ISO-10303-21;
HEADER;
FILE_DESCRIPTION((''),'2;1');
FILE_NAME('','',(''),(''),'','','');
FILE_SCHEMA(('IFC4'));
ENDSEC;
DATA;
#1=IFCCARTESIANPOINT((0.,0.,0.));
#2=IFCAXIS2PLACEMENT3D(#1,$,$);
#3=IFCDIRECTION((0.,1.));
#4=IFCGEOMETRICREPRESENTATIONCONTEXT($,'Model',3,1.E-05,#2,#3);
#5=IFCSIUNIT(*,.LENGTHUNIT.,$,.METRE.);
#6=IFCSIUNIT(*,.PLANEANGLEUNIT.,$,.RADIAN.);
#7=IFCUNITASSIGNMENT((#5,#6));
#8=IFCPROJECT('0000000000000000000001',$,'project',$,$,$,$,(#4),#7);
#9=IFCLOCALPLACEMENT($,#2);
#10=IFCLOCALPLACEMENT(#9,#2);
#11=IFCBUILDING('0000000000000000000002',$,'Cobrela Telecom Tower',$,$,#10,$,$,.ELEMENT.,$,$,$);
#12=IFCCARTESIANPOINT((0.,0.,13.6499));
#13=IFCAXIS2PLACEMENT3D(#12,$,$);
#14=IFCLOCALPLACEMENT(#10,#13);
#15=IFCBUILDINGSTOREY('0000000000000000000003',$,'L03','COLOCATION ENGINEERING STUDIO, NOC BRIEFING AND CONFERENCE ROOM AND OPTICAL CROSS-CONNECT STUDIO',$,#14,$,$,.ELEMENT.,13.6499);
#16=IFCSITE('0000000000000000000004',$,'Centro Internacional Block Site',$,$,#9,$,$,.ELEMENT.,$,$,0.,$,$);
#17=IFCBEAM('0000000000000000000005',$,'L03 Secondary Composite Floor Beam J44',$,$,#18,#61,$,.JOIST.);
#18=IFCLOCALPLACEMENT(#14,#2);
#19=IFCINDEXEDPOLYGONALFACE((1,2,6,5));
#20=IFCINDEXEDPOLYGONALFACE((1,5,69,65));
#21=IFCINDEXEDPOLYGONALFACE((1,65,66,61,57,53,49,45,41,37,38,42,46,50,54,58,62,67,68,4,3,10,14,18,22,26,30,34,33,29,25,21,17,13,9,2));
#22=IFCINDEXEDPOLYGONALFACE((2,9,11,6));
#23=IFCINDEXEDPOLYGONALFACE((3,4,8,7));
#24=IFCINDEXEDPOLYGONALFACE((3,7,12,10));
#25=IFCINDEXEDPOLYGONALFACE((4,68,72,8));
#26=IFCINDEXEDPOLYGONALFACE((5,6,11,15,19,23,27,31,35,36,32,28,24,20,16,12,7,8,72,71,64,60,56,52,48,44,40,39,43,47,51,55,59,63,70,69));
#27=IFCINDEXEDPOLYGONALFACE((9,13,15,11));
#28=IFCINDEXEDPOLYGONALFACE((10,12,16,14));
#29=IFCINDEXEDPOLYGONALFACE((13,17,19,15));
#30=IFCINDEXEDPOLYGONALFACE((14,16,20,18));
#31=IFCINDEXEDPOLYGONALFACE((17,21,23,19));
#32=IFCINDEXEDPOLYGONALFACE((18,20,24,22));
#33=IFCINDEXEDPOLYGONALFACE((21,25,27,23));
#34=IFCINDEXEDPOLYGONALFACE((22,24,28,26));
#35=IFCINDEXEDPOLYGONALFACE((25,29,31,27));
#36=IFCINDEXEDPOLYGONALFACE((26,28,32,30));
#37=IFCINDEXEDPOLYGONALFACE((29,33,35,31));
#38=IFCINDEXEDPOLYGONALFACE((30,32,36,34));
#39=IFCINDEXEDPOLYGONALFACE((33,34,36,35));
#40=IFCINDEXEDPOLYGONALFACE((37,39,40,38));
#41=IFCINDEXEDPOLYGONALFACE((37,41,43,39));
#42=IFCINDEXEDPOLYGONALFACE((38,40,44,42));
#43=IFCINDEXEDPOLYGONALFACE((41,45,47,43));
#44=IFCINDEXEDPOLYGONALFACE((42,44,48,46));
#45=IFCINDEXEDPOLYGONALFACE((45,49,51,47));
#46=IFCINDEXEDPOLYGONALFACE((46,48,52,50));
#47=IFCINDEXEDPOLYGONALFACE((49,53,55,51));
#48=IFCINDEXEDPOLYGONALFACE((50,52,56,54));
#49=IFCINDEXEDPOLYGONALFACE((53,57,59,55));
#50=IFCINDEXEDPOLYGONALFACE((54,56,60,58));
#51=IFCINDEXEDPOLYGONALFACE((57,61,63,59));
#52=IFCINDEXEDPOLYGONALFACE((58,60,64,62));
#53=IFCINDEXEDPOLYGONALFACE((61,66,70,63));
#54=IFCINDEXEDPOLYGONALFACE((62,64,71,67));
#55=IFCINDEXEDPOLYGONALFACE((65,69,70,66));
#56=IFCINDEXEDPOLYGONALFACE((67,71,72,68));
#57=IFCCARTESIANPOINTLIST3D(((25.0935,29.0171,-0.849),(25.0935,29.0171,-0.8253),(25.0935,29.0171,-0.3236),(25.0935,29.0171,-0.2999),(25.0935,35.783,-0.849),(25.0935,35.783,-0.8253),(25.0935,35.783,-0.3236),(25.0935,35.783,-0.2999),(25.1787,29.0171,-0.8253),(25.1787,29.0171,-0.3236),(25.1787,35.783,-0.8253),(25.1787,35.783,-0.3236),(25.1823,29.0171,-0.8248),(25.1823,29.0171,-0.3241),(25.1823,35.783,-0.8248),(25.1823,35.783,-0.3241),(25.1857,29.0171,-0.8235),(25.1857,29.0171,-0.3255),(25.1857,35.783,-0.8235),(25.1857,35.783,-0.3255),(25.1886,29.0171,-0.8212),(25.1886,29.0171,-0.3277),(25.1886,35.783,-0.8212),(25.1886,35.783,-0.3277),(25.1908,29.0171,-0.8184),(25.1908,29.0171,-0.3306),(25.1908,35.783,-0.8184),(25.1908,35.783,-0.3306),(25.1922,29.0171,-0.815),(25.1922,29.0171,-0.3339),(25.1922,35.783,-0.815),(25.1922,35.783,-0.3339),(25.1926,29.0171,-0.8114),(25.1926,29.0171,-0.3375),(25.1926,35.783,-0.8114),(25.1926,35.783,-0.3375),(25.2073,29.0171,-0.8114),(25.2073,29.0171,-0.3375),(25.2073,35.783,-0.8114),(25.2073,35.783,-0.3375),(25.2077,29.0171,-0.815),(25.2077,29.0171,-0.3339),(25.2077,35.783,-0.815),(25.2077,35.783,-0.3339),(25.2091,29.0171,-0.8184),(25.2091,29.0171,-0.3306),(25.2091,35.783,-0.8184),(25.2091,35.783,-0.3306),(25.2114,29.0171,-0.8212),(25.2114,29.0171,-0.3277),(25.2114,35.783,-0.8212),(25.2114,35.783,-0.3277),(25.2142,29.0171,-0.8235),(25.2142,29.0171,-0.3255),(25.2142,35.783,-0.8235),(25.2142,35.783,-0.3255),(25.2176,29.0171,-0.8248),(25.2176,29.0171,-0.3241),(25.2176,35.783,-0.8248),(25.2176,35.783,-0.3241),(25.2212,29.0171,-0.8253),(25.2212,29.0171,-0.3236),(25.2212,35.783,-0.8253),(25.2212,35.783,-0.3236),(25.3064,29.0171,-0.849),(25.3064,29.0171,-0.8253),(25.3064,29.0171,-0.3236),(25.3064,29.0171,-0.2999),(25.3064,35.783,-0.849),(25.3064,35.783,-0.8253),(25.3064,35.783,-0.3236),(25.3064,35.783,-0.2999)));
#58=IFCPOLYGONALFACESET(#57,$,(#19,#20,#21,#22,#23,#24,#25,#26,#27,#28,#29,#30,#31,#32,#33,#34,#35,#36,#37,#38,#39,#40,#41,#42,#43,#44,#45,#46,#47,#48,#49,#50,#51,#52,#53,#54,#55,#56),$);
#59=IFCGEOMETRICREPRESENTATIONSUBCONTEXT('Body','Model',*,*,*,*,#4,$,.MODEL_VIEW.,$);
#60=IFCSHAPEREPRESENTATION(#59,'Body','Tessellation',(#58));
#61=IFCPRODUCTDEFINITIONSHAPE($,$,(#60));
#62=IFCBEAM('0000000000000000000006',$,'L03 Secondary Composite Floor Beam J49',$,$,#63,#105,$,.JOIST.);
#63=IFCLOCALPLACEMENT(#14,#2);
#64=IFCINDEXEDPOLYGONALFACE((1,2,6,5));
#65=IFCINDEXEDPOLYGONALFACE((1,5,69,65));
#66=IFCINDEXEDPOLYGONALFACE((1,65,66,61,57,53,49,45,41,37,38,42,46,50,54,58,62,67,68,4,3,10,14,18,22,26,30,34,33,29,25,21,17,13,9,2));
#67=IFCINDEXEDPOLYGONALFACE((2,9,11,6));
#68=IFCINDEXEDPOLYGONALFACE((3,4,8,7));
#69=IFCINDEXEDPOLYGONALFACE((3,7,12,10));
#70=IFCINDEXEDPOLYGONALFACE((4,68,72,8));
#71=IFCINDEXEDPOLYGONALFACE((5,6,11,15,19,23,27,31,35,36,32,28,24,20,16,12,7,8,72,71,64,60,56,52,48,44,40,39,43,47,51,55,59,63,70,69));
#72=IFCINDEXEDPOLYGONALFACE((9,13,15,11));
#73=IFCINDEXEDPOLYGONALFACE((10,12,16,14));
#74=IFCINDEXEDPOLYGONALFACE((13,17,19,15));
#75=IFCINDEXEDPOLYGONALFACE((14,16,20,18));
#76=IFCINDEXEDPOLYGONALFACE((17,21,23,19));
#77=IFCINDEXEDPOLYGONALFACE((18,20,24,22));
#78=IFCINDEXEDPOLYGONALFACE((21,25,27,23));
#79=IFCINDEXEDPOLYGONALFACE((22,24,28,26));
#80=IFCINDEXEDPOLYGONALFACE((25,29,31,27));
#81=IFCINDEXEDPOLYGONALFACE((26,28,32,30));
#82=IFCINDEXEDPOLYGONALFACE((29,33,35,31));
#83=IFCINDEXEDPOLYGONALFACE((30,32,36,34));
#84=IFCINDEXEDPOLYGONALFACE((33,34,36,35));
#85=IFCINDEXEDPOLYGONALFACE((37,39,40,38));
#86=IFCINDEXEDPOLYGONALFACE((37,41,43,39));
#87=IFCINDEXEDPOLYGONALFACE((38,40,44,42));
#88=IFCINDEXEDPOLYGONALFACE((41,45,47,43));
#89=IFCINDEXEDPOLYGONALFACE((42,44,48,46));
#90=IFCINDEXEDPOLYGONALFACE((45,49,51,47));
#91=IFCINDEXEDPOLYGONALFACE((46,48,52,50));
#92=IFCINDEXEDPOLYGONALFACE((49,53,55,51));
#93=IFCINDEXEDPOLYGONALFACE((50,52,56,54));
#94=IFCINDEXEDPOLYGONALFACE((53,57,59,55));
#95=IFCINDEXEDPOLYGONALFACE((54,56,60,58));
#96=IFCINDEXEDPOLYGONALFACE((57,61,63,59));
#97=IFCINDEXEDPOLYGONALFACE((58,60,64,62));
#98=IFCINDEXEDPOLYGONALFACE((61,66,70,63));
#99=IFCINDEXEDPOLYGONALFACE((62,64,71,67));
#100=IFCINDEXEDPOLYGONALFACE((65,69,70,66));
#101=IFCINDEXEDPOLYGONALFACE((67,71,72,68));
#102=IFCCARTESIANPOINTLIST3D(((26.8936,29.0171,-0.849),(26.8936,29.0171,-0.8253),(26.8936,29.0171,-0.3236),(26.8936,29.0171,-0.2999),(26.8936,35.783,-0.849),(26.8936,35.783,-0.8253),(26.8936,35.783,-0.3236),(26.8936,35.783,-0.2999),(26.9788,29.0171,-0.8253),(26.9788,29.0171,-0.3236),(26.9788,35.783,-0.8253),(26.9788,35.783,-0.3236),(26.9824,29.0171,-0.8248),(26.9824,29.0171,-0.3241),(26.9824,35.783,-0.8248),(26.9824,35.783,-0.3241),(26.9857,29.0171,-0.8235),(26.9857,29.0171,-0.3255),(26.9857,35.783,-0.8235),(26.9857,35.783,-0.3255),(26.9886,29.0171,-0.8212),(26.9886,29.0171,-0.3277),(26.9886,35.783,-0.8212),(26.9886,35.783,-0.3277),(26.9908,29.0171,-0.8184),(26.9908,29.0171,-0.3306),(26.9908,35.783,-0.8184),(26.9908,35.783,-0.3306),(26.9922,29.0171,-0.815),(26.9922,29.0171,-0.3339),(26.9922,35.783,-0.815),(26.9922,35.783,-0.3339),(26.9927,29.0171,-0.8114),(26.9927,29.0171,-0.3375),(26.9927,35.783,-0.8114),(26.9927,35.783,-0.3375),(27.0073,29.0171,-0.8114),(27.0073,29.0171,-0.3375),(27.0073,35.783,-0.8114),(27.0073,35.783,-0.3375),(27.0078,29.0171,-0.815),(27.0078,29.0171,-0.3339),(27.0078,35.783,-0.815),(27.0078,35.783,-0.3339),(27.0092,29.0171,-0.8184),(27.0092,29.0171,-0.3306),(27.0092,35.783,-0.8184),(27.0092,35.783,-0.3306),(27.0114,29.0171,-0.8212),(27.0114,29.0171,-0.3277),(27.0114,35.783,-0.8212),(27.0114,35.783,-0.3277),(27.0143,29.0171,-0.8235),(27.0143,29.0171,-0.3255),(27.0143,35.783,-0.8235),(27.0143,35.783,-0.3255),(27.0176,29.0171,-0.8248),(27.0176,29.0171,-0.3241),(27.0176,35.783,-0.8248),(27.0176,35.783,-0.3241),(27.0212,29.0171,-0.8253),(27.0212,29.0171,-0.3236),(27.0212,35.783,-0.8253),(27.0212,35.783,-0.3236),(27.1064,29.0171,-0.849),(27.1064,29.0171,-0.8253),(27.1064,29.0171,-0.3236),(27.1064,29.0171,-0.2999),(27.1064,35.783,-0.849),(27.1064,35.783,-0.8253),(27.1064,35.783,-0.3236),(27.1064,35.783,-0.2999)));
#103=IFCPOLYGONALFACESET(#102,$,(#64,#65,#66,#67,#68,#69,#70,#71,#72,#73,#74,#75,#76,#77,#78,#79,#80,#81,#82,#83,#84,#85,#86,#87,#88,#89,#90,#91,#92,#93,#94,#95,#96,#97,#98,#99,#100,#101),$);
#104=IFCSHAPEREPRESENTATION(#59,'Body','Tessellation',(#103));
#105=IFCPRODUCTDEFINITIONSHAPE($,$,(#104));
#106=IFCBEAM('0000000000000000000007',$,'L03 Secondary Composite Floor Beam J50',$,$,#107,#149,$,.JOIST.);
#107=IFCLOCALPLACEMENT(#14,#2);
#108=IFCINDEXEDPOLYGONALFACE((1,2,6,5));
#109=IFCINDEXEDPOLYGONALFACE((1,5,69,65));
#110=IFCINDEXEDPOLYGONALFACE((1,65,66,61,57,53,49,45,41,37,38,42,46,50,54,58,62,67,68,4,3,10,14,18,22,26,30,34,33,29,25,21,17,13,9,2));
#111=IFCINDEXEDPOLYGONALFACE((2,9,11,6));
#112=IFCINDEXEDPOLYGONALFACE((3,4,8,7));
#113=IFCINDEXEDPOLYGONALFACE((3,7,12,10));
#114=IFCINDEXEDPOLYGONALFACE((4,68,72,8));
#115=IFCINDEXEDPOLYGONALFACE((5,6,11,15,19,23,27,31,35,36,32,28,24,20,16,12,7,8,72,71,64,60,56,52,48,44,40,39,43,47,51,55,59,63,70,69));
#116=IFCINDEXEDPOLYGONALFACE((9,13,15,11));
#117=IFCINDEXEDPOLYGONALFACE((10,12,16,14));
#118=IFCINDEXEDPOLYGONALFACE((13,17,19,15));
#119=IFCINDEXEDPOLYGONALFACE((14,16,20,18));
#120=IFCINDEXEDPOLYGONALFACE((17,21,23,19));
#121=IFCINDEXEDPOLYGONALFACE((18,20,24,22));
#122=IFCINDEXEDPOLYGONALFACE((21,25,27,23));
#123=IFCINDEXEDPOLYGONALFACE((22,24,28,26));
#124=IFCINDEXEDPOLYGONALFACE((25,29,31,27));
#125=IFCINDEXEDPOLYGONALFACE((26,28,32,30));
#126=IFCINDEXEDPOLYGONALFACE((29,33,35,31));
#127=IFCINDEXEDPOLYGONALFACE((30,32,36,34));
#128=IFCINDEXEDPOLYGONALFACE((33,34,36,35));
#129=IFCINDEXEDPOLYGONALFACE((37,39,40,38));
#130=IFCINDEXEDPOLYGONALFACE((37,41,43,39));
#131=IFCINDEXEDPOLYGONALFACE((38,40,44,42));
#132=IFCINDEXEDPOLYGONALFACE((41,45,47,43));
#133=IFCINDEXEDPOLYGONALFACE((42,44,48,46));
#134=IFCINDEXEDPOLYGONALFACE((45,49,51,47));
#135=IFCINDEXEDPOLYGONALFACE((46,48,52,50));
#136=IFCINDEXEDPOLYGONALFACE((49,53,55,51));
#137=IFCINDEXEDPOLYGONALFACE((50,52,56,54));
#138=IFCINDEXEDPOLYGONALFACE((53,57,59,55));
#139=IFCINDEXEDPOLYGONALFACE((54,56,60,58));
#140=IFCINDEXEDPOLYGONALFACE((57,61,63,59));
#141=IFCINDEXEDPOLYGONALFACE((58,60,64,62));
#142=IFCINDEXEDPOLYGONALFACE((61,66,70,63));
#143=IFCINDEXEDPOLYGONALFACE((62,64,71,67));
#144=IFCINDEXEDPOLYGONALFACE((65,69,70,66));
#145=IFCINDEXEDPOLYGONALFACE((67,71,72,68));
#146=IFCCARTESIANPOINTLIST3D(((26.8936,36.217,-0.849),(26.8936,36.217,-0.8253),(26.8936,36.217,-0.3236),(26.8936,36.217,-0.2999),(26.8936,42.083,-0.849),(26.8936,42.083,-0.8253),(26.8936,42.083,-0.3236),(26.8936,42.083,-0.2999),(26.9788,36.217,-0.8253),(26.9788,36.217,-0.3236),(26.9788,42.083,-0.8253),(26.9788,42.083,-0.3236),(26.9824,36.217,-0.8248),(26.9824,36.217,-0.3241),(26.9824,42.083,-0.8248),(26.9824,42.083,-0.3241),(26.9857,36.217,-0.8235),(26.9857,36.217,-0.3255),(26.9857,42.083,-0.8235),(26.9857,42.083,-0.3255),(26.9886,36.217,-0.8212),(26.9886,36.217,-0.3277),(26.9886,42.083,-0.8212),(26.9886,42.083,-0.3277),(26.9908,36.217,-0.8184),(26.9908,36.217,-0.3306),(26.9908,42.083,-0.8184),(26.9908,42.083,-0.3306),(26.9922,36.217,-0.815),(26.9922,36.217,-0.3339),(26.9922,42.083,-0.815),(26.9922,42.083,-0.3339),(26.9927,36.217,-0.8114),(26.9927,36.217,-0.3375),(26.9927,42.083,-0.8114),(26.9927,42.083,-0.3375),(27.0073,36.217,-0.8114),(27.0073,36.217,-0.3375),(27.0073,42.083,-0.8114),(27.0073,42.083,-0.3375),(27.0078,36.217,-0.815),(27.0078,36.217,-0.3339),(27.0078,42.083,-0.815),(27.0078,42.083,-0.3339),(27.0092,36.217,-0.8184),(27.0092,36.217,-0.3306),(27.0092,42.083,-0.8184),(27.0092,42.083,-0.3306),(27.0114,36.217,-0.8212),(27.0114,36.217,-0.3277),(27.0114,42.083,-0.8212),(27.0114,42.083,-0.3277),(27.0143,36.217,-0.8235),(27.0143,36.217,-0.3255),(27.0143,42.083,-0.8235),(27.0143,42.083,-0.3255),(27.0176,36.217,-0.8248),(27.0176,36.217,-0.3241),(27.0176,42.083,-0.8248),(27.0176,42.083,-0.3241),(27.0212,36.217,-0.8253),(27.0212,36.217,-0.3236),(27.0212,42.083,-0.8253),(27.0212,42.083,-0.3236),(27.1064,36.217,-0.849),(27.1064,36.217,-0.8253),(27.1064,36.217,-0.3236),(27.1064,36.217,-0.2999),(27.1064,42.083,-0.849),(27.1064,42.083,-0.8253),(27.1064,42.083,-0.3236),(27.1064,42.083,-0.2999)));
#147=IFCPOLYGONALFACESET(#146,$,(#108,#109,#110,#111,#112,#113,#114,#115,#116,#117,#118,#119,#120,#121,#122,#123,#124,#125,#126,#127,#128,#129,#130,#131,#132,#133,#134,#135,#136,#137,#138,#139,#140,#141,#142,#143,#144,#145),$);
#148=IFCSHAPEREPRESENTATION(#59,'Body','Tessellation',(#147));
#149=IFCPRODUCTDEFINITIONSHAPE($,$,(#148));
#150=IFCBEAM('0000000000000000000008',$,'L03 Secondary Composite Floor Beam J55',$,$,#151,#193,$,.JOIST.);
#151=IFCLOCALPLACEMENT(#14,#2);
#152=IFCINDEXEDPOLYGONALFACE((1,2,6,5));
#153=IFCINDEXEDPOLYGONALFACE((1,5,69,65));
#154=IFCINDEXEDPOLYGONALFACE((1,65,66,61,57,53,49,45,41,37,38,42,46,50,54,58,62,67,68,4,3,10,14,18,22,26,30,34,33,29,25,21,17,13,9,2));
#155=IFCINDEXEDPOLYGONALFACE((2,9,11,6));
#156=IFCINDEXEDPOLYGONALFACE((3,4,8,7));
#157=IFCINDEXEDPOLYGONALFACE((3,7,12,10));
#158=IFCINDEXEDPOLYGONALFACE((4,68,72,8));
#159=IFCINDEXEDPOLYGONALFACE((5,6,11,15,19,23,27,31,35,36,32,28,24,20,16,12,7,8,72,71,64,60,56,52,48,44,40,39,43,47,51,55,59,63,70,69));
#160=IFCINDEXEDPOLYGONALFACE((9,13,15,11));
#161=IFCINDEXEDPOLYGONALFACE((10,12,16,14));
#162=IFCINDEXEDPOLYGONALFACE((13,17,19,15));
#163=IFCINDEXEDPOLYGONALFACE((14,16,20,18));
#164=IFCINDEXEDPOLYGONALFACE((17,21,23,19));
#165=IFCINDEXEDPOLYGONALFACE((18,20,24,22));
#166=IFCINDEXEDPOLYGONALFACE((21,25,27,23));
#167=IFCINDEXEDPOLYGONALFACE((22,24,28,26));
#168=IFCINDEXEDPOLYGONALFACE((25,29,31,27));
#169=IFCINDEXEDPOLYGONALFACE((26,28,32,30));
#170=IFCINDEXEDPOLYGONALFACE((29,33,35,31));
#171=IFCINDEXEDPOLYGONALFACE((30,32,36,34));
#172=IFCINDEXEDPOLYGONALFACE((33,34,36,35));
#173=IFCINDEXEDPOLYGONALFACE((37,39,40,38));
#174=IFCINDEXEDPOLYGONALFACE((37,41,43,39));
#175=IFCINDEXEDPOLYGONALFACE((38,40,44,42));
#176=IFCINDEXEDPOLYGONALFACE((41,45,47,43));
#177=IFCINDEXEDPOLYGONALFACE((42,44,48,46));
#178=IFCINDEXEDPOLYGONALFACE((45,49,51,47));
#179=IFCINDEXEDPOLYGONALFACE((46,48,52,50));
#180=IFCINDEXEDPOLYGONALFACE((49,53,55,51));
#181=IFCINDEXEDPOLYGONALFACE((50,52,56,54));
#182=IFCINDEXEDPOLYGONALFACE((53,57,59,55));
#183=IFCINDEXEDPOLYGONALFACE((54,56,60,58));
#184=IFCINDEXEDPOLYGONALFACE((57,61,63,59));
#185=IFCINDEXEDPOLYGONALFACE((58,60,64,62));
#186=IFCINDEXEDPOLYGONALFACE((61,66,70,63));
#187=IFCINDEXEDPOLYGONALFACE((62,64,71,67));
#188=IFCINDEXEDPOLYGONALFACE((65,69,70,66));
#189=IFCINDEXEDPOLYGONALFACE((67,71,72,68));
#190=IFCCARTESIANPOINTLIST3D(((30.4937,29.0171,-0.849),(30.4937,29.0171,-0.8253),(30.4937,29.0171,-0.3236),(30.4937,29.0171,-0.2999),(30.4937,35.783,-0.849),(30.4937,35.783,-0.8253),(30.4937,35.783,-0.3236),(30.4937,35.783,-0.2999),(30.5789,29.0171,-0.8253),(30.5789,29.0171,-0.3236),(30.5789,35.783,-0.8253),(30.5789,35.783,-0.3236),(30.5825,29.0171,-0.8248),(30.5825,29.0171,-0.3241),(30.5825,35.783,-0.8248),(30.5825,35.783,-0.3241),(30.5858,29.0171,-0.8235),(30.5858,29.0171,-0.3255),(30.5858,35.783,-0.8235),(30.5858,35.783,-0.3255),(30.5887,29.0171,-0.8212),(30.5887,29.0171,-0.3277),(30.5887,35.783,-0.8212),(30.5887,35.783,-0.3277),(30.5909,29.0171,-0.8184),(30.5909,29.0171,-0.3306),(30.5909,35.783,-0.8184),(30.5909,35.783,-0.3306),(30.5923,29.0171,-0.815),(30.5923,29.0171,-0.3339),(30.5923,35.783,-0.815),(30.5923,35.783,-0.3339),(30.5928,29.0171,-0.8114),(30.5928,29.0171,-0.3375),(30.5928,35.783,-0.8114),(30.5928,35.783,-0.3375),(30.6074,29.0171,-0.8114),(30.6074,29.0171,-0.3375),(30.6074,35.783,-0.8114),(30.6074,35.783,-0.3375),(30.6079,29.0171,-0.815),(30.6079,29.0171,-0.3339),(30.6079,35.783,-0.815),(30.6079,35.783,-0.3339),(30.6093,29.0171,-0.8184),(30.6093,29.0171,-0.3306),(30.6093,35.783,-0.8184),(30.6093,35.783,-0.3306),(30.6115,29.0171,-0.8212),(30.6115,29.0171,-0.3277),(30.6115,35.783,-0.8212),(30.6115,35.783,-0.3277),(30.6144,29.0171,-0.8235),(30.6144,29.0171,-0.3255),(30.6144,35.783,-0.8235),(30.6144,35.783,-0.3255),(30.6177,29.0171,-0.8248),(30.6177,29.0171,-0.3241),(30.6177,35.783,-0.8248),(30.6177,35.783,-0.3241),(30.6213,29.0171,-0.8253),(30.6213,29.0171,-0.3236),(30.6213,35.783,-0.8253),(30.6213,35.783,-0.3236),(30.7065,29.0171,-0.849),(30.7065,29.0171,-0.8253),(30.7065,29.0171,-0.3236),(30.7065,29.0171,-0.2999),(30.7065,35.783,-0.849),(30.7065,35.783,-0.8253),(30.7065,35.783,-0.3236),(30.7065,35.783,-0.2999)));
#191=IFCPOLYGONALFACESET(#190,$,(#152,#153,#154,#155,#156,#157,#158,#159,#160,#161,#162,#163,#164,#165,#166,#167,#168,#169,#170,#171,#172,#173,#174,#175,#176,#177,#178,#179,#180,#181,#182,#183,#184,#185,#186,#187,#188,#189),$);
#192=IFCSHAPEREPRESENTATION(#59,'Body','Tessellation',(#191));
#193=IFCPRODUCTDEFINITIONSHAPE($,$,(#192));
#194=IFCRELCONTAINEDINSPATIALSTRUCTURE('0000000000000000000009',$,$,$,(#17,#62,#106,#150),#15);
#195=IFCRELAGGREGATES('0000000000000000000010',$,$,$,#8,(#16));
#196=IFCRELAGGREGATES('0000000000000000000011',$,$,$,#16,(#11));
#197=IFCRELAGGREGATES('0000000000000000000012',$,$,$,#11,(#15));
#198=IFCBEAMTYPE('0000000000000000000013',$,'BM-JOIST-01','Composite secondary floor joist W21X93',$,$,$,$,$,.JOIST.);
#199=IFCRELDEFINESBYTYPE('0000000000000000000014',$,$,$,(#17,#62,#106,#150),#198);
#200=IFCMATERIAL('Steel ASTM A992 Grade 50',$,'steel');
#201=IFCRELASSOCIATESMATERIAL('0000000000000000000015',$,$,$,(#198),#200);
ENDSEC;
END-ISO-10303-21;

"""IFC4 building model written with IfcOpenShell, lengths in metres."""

from ifc_helpers import new_model, si_unit, direction, frame, origin, origin_2d, place, context, subcontext, project, spatial, i_section, extrude, material, material_profile, profile_set, type_object, element, save


model = new_model("IFC4")

# Units and contexts
model_context = context("Model", 3, precision=1e-05, world=origin(), true_north=direction((0.0, 1.0)))
body_context = subcontext(model_context, "Body", "Model", "MODEL_VIEW")
ifc_project = project(units=[si_unit("LENGTHUNIT", "METRE"), si_unit("PLANEANGLEUNIT", "RADIAN")], contexts=[model_context])

# Site, building, storey
site_placement = place(None, origin())
site = spatial("IfcSite", under=ifc_project, at=site_placement, Name="Centro Internacional Block Site", CompositionType="ELEMENT", RefElevation=0.0)
building_placement = place(site_placement, origin())
building = spatial("IfcBuilding", under=site, at=building_placement, Name="Cobrela Telecom Tower", CompositionType="ELEMENT")
storey_placement = place(building_placement, frame((0.0, 0.0, 13.6499)))
storey = spatial("IfcBuildingStorey", under=building, at=storey_placement, Name="L03", Description="COLOCATION ENGINEERING STUDIO, NOC BRIEFING AND CONFERENCE ROOM AND OPTICAL CROSS-CONNECT STUDIO", CompositionType="ELEMENT", Elevation=13.6499)

# Beams
ifc_material_1 = material(Name="Steel ASTM A992 Grade 50", Category="steel")
ifc_material_profile_1 = material_profile(ifc_material_1, i_section(OverallWidth=0.2129, OverallDepth=0.5491, WebThickness=0.0146, FlangeThickness=0.0237, FilletRadius=0.0139, at=origin_2d()), Name="W21X93")
ifc_profile_set_1 = profile_set([ifc_material_profile_1], Name="Steel ASTM A992 Grade 50")
beam_type_1 = type_object("IfcBeamType", Name="BM-JOIST-01", Description="Composite secondary floor joist W21X93", PredefinedType="JOIST", material=ifc_profile_set_1)
for number, where, z_axis, x_axis, name in (
    (1, (25.2, 29.0171, -0.5745), (0.0, 1.0, 0.0), (-1.0, 0.0, 0.0), "L03 Secondary Composite Floor Beam J44"),
    (2, (27.0, 29.0171, -0.5745), (0.0, 1.0, 0.0), (-1.0, 0.0, 0.0), "L03 Secondary Composite Floor Beam J49"),
):
    element("IfcBeam", number, at=place(storey_placement, frame(where, z_axis=z_axis, x_axis=x_axis)), inside=storey, type_object=beam_type_1, Name=name, PredefinedType="JOIST", context=body_context, shape_type="SweptSolid", body=[
        extrude(i_section(OverallWidth=0.2129, OverallDepth=0.5491, WebThickness=0.0146, FlangeThickness=0.0237, FilletRadius=0.0139, at=origin_2d()), origin(), (0.0, 0.0, 1.0), 6.7659),
    ])
beam_1_placement = place(storey_placement, frame((27.0, 36.217, -0.5745), z_axis=(0.0, 1.0, 0.0), x_axis=(-1.0, 0.0, 0.0)))
element("IfcBeam", 3, at=beam_1_placement, inside=storey, type_object=beam_type_1, Name="L03 Secondary Composite Floor Beam J50", PredefinedType="JOIST", context=body_context, shape_type="SweptSolid", body=[
    extrude(i_section(OverallWidth=0.2129, OverallDepth=0.5491, WebThickness=0.0146, FlangeThickness=0.0237, FilletRadius=0.0139, at=origin_2d()), origin(), (0.0, 0.0, 1.0), 5.866),
])
beam_2_placement = place(storey_placement, frame((30.6001, 29.0171, -0.5745), z_axis=(0.0, 1.0, 0.0), x_axis=(-1.0, 0.0, 0.0)))
element("IfcBeam", 4, at=beam_2_placement, inside=storey, type_object=beam_type_1, Name="L03 Secondary Composite Floor Beam J55", PredefinedType="JOIST", context=body_context, shape_type="SweptSolid", body=[
    extrude(i_section(OverallWidth=0.2129, OverallDepth=0.5491, WebThickness=0.0146, FlangeThickness=0.0237, FilletRadius=0.0139, at=origin_2d()), origin(), (0.0, 0.0, 1.0), 6.7659),
])

save(model, "model.ifc")
